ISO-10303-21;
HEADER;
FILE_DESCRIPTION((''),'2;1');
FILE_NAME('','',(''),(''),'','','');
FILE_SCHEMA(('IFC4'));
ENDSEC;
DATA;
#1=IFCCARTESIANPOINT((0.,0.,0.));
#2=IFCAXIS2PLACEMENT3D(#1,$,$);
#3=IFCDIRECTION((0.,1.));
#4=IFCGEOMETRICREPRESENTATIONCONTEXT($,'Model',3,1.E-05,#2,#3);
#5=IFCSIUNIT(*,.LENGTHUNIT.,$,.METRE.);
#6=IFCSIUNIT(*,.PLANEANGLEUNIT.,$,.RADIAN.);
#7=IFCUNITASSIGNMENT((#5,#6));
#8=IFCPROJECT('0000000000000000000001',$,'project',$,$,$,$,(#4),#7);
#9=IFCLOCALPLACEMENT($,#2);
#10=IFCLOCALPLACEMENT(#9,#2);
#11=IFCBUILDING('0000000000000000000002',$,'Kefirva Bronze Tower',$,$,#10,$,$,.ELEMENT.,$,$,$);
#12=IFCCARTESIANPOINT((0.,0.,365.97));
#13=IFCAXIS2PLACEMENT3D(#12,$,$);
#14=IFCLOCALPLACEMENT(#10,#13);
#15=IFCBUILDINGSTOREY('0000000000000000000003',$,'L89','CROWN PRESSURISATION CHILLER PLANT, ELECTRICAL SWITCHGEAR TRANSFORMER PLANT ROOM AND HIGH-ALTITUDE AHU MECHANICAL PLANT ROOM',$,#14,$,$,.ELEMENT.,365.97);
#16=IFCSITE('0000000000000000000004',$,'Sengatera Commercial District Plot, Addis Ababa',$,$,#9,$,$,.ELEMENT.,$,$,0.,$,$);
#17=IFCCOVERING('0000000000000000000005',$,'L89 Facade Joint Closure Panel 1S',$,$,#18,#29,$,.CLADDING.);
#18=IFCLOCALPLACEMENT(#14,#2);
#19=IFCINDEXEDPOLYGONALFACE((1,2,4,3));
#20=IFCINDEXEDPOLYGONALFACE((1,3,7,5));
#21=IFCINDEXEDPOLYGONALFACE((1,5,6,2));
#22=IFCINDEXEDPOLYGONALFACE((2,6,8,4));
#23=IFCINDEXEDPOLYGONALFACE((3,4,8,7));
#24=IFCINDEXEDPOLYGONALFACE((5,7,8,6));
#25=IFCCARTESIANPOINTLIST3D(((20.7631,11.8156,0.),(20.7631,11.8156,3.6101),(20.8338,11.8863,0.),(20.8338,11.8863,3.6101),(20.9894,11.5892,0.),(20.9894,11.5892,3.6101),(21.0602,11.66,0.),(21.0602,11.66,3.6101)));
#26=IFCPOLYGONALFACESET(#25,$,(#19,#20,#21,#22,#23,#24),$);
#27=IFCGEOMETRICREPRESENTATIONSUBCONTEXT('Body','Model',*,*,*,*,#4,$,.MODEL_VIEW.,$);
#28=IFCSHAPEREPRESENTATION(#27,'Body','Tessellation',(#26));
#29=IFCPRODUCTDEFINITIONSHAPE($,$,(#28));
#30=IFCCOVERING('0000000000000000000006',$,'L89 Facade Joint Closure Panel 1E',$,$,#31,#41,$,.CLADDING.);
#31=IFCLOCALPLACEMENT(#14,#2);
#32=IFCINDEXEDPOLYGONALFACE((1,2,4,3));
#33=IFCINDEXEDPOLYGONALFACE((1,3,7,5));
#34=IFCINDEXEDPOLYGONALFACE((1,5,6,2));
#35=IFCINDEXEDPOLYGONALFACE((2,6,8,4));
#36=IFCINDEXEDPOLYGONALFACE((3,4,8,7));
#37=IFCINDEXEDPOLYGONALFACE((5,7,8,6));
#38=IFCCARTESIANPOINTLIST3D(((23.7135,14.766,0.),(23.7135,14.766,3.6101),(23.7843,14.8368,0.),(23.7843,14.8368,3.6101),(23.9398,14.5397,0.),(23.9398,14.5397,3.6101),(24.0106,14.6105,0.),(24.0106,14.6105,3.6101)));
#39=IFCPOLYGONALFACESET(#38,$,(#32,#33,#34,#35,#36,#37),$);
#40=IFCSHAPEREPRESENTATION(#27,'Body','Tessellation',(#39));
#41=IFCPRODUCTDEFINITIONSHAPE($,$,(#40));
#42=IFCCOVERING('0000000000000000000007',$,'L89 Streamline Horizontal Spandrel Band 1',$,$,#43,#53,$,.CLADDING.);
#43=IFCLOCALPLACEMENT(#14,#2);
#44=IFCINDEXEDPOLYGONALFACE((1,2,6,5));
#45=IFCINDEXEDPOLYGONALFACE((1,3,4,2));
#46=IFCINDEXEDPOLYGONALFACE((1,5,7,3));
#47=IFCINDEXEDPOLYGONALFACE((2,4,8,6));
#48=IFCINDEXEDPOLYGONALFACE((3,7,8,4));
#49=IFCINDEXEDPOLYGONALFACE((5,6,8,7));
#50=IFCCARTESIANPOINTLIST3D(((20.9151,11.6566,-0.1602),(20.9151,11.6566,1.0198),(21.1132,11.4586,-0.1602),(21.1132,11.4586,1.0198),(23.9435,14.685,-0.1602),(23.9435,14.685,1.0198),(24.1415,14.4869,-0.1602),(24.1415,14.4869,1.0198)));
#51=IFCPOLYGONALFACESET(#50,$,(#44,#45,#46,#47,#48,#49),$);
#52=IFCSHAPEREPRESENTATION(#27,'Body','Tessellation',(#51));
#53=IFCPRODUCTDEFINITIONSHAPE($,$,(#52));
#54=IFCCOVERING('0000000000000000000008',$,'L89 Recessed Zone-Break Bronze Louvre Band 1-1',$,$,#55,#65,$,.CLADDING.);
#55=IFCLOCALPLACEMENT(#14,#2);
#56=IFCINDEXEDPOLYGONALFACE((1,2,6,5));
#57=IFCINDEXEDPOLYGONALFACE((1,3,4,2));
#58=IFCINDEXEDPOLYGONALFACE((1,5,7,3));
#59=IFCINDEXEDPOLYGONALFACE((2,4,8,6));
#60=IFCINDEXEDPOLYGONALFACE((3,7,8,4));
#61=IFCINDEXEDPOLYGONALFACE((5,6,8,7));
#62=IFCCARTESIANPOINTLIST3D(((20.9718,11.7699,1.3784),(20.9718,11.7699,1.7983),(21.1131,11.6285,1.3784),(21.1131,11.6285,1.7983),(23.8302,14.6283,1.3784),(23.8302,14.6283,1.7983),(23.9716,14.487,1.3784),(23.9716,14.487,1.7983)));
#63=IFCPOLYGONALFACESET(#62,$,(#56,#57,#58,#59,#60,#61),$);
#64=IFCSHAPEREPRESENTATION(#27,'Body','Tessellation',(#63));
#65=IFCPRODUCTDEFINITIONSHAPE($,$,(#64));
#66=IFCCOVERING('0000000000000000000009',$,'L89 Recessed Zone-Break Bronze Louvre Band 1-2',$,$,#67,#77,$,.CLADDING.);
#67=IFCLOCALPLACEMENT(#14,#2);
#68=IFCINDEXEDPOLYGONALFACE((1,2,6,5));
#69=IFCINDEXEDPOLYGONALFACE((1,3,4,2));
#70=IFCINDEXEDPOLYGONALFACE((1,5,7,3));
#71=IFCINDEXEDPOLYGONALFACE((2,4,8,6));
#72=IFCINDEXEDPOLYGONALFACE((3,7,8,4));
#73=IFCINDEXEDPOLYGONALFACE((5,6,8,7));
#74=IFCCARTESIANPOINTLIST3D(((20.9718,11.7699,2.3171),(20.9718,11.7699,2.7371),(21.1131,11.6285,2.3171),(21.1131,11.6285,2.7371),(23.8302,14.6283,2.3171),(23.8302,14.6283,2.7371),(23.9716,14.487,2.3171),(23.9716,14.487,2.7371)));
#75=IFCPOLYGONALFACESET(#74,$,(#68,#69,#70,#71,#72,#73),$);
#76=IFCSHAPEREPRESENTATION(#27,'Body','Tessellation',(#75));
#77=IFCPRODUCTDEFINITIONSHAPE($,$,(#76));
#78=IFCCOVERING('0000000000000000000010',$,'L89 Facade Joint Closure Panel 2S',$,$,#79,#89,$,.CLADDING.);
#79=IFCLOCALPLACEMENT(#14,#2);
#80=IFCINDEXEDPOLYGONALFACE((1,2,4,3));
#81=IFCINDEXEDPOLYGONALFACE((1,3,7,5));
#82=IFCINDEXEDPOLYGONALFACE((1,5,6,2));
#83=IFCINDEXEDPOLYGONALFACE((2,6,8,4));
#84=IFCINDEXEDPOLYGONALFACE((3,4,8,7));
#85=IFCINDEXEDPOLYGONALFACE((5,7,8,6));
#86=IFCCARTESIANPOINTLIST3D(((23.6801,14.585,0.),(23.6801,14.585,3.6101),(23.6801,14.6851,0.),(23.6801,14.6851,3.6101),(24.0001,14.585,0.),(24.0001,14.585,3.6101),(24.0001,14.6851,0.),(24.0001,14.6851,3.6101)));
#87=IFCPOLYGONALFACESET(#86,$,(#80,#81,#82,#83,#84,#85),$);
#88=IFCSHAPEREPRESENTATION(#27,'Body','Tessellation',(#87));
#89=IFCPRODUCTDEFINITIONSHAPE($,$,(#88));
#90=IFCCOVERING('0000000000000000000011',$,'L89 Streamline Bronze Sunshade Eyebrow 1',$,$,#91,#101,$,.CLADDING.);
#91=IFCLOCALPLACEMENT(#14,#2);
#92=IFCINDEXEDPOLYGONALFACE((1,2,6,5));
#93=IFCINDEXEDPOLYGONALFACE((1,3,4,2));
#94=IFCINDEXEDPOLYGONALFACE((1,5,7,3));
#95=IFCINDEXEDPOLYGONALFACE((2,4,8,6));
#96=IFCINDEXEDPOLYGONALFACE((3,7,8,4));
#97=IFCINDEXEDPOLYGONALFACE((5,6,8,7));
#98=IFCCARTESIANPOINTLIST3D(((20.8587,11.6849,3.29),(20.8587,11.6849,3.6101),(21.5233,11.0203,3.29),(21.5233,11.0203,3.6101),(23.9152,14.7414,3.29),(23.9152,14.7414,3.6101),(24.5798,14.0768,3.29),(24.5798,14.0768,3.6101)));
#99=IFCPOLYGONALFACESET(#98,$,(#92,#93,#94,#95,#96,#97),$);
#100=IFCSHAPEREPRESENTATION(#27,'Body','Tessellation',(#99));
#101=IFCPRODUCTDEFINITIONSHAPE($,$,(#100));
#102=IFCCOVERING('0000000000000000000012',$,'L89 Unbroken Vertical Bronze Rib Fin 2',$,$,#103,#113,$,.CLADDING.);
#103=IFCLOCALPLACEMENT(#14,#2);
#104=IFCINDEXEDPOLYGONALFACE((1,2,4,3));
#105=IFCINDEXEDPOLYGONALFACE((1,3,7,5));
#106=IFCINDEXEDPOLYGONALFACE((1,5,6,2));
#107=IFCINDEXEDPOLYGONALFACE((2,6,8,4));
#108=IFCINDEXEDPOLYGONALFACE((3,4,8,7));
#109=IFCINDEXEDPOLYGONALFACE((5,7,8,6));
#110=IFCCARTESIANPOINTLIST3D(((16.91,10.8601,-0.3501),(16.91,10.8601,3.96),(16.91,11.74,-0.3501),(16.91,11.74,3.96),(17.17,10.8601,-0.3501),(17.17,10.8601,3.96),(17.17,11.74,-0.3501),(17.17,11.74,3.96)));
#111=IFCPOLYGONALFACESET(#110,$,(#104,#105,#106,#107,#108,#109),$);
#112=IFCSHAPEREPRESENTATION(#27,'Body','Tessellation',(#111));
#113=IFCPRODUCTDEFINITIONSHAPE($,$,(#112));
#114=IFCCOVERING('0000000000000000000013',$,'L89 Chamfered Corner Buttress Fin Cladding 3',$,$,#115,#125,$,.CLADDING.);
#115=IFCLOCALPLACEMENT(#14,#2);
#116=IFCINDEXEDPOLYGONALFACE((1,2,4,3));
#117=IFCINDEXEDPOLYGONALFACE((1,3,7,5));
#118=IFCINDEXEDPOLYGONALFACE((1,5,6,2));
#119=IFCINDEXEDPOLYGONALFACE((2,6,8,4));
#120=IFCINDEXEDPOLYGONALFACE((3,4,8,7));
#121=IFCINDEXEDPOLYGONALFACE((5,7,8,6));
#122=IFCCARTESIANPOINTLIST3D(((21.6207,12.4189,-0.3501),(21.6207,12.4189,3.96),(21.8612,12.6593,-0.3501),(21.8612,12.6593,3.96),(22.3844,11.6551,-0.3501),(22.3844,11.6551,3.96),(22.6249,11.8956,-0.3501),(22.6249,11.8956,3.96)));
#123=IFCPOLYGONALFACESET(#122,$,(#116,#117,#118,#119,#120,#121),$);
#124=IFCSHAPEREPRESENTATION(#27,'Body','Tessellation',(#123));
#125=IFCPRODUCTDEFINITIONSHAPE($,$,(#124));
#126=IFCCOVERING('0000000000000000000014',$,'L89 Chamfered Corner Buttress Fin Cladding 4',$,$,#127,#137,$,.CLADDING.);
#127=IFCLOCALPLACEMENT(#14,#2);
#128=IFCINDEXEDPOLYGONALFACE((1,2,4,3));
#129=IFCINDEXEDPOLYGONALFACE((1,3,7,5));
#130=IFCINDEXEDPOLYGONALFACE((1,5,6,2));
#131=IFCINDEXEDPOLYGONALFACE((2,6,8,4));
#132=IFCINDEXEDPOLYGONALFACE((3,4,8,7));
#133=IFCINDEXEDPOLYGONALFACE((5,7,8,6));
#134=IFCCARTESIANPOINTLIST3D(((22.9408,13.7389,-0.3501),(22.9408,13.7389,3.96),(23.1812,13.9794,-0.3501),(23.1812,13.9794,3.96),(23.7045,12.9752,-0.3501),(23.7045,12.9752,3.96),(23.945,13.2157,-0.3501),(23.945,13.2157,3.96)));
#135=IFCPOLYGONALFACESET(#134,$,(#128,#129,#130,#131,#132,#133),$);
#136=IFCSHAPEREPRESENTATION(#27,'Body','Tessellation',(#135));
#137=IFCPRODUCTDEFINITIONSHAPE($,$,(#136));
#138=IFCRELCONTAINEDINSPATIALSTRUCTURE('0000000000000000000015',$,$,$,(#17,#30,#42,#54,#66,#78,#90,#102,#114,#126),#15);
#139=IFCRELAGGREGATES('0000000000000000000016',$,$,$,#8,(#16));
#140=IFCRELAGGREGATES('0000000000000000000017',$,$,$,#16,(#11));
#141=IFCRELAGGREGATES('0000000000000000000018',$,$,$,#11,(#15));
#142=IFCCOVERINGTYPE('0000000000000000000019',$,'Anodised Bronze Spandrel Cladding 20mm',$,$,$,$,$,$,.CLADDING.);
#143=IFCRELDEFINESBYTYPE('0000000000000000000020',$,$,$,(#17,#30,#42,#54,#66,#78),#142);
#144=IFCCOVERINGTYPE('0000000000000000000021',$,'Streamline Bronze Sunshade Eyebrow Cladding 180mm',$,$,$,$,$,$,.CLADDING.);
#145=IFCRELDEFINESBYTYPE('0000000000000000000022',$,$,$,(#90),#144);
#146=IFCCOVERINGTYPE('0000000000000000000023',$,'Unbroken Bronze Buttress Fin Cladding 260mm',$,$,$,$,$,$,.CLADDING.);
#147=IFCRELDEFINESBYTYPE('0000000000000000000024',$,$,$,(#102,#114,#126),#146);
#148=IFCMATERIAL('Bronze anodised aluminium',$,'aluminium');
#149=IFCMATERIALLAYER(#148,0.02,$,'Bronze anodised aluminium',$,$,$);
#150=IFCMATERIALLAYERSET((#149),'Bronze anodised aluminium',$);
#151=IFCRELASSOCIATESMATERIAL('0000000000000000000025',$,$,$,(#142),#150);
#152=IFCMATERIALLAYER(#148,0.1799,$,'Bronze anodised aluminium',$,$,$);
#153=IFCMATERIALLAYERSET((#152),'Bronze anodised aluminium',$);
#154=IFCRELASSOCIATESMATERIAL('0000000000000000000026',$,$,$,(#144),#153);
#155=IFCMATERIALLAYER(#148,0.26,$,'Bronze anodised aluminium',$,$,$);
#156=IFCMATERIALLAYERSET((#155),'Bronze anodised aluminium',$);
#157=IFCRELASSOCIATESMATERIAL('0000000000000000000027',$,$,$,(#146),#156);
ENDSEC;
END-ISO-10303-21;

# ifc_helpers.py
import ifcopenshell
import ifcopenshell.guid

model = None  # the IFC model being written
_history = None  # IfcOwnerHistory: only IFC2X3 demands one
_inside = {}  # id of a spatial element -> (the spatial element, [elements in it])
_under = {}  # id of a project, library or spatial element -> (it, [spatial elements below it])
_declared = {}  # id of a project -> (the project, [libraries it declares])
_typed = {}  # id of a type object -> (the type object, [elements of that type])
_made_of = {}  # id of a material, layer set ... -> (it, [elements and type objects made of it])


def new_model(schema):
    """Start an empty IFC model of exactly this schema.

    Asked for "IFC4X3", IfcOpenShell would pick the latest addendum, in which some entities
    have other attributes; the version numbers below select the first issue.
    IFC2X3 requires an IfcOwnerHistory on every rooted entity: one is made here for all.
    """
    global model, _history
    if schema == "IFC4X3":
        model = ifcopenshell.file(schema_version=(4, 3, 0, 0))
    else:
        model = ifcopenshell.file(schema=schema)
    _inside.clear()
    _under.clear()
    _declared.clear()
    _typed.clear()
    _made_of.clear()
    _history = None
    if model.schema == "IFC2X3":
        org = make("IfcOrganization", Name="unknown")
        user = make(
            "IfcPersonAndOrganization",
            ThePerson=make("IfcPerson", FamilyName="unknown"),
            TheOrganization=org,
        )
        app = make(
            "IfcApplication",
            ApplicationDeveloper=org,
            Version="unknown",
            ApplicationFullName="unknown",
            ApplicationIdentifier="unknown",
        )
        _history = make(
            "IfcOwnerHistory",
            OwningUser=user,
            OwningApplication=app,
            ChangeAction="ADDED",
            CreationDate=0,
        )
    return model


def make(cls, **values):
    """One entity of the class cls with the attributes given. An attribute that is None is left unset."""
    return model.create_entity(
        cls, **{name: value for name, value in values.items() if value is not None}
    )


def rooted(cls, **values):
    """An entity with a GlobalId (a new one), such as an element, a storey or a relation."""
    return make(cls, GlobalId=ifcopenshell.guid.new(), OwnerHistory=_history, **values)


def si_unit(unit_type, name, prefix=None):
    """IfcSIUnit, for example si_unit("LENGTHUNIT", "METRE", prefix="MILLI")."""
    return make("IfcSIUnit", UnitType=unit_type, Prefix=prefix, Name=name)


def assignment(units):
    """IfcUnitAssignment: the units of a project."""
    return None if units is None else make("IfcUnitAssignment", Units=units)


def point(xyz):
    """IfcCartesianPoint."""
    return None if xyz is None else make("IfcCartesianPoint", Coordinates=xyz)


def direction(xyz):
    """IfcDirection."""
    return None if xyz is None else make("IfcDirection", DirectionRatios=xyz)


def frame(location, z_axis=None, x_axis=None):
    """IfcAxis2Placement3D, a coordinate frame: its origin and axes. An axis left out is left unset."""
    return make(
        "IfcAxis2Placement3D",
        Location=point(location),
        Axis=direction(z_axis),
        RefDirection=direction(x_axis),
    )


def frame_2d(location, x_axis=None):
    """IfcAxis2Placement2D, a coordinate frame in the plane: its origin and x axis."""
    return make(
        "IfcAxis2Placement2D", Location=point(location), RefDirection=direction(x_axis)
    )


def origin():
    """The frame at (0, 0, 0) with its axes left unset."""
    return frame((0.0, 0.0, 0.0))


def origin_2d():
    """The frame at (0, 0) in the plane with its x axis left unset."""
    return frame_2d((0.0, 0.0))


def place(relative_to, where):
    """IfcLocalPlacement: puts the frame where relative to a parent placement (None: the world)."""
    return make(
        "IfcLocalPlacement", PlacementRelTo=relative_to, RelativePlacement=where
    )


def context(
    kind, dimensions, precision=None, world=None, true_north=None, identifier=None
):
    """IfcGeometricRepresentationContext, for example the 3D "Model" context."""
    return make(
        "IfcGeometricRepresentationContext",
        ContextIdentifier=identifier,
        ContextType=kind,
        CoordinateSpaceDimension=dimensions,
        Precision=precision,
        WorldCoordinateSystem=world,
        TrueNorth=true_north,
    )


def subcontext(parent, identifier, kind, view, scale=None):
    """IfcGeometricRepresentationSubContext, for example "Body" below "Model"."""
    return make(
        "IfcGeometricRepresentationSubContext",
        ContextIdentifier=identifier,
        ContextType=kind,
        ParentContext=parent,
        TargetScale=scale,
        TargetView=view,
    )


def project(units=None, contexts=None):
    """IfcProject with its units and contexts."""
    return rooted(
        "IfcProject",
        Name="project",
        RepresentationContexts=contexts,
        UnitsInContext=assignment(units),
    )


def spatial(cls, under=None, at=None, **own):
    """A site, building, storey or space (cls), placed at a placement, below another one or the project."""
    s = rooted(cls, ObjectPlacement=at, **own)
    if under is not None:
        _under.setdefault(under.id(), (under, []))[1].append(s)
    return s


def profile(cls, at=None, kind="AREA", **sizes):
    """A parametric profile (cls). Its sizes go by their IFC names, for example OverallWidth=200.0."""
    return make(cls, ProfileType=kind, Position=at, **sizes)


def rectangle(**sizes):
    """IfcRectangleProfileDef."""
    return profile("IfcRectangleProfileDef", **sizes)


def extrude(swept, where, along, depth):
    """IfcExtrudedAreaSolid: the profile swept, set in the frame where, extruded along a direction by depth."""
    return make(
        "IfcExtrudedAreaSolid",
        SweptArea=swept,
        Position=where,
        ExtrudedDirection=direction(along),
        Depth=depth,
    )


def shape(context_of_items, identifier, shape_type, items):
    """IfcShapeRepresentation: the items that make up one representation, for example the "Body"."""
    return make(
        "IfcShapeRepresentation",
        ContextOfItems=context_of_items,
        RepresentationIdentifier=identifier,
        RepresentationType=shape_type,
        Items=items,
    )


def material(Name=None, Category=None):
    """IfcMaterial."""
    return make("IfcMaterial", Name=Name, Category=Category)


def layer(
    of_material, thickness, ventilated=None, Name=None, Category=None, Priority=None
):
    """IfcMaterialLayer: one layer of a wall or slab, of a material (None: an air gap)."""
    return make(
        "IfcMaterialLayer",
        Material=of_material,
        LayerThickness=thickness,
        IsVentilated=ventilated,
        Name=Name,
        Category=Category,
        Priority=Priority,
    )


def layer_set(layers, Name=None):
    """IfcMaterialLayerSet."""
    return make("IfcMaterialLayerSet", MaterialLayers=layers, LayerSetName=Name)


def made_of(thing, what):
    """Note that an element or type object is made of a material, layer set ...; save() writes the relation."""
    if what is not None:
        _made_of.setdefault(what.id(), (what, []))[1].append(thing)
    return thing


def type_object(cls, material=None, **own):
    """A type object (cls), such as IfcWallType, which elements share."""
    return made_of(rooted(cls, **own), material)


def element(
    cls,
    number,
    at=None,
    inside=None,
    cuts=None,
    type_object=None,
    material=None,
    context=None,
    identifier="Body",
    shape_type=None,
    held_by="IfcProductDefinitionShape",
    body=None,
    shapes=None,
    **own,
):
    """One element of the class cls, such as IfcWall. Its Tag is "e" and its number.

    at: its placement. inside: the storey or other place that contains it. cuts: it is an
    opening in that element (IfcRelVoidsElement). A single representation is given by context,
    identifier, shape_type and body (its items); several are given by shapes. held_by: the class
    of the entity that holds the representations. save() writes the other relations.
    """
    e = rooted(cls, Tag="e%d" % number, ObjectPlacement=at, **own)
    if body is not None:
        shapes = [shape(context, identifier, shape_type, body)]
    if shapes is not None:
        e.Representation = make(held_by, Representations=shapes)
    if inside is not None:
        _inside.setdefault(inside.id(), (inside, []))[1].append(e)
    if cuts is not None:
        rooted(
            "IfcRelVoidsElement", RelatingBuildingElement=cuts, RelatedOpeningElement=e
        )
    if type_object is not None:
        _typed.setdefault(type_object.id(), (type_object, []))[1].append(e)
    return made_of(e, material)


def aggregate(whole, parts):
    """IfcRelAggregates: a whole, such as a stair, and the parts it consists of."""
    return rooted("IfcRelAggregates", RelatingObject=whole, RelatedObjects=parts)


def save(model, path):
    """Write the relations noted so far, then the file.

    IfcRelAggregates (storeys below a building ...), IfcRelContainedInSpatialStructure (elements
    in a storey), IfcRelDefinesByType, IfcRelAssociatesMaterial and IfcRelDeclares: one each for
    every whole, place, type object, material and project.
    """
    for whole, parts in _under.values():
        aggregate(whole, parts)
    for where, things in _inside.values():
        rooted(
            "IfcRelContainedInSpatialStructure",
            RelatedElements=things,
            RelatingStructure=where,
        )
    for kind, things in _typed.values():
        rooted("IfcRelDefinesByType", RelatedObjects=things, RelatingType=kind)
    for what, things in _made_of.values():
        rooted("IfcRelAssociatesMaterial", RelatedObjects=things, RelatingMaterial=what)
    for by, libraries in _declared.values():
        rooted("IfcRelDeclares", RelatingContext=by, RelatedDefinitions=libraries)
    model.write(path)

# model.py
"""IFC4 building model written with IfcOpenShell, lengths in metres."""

from ifc_helpers import new_model, si_unit, direction, frame, origin, origin_2d, place, context, subcontext, project, spatial, rectangle, extrude, material, layer, layer_set, type_object, element, save


model = new_model("IFC4")

# Units and contexts
model_context = context("Model", 3, precision=1e-05, world=origin(), true_north=direction((0.0, 1.0)))
body_context = subcontext(model_context, "Body", "Model", "MODEL_VIEW")
ifc_project = project(units=[si_unit("LENGTHUNIT", "METRE"), si_unit("PLANEANGLEUNIT", "RADIAN")], contexts=[model_context])

# Site, building, storey
site_placement = place(None, origin())
site = spatial("IfcSite", under=ifc_project, at=site_placement, Name="Sengatera Commercial District Plot, Addis Ababa", CompositionType="ELEMENT", RefElevation=0.0)
building_placement = place(site_placement, origin())
building = spatial("IfcBuilding", under=site, at=building_placement, Name="Kefirva Bronze Tower", CompositionType="ELEMENT")
storey_placement = place(building_placement, frame((0.0, 0.0, 365.97)))
storey = spatial("IfcBuildingStorey", under=building, at=storey_placement, Name="L89", Description="CROWN PRESSURISATION CHILLER PLANT, ELECTRICAL SWITCHGEAR TRANSFORMER PLANT ROOM AND HIGH-ALTITUDE AHU MECHANICAL PLANT ROOM", CompositionType="ELEMENT", Elevation=365.97)

# Shared definitions
ifc_material_1 = material(Name="Bronze anodised aluminium", Category="aluminium")

# Coverings
ifc_layer_1 = layer(ifc_material_1, 0.02, Name="Bronze anodised aluminium")
ifc_layer_set_1 = layer_set([ifc_layer_1], Name="Bronze anodised aluminium")
covering_type_1 = type_object("IfcCoveringType", Name="Anodised Bronze Spandrel Cladding 20mm", PredefinedType="CLADDING", material=ifc_layer_set_1)
for number, where, z_axis, x_axis, name in (
    (1, (20.9116, 11.7378, 0.0), (0.0, 0.0, 1.0), (0.707107, 0.707107, 0.0), "L89 Facade Joint Closure Panel 1S"),
    (2, (23.8621, 14.6882, 0.0), (0.0, 0.0, 1.0), (0.707107, 0.707107, 0.0), "L89 Facade Joint Closure Panel 1E"),
):
    element("IfcCovering", number, at=place(storey_placement, frame(where, z_axis=z_axis, x_axis=x_axis)), inside=storey, type_object=covering_type_1, Name=name, PredefinedType="CLADDING", context=body_context, shape_type="SweptSolid", body=[
        extrude(rectangle(XDim=0.1001, YDim=0.3201, at=origin_2d()), origin(), (0.0, 0.0, 1.0), 3.6101),
    ])
covering_1_placement = place(storey_placement, frame((22.5283, 13.0718, -0.1602), z_axis=(0.0, 0.0, 1.0), x_axis=(0.707107, 0.707107, 0.0)))
element("IfcCovering", 3, at=covering_1_placement, inside=storey, type_object=covering_type_1, Name="L89 Streamline Horizontal Spandrel Band 1", PredefinedType="CLADDING", context=body_context, shape_type="SweptSolid", body=[
    extrude(rectangle(XDim=4.2827, YDim=0.28, at=origin_2d()), origin(), (0.0, 0.0, 1.0), 1.1799),
])
for number, where, z_axis, x_axis, name in (
    (4, (22.4717, 13.1284, 1.3784), (0.0, 0.0, 1.0), (0.707107, 0.707107, 0.0), "L89 Recessed Zone-Break Bronze Louvre Band 1-1"),
    (5, (22.4717, 13.1284, 2.3171), (0.0, 0.0, 1.0), (0.707107, 0.707107, 0.0), "L89 Recessed Zone-Break Bronze Louvre Band 1-2"),
):
    element("IfcCovering", number, at=place(storey_placement, frame(where, z_axis=z_axis, x_axis=x_axis)), inside=storey, type_object=covering_type_1, Name=name, PredefinedType="CLADDING", context=body_context, shape_type="SweptSolid", body=[
        extrude(rectangle(XDim=4.0425, YDim=0.2, at=origin_2d()), origin(), (0.0, 0.0, 1.0), 0.4199),
    ])
covering_2_placement = place(storey_placement, frame((23.8401, 14.635, 0.0), z_axis=(0.0, 0.0, 1.0), x_axis=(0.0, 1.0, 0.0)))
element("IfcCovering", 6, at=covering_2_placement, inside=storey, type_object=covering_type_1, Name="L89 Facade Joint Closure Panel 2S", PredefinedType="CLADDING", context=body_context, shape_type="SweptSolid", body=[
    extrude(rectangle(XDim=0.1001, YDim=0.3201, at=origin_2d()), origin(), (0.0, 0.0, 1.0), 3.6101),
])
ifc_layer_2 = layer(ifc_material_1, 0.1799, Name="Bronze anodised aluminium")
ifc_layer_set_2 = layer_set([ifc_layer_2], Name="Bronze anodised aluminium")
covering_type_2 = type_object("IfcCoveringType", Name="Streamline Bronze Sunshade Eyebrow Cladding 180mm", PredefinedType="CLADDING", material=ifc_layer_set_2)
covering_3_placement = place(storey_placement, frame((22.7192, 12.8809, 3.29), z_axis=(0.0, 0.0, 1.0), x_axis=(0.707107, 0.707107, 0.0)))
element("IfcCovering", 7, at=covering_3_placement, inside=storey, type_object=covering_type_2, Name="L89 Streamline Bronze Sunshade Eyebrow 1", PredefinedType="CLADDING", context=body_context, shape_type="SweptSolid", body=[
    extrude(rectangle(XDim=4.3225, YDim=0.9399, at=origin_2d()), origin(), (0.0, 0.0, 1.0), 0.3201),
])
ifc_layer_3 = layer(ifc_material_1, 0.26, Name="Bronze anodised aluminium")
ifc_layer_set_3 = layer_set([ifc_layer_3], Name="Bronze anodised aluminium")
covering_type_3 = type_object("IfcCoveringType", Name="Unbroken Bronze Buttress Fin Cladding 260mm", PredefinedType="CLADDING", material=ifc_layer_set_3)
covering_4_placement = place(storey_placement, frame((17.04, 11.3, -0.3501), z_axis=(0.0, 0.0, 1.0), x_axis=(1.0, 0.0, 0.0)))
element("IfcCovering", 8, at=covering_4_placement, inside=storey, type_object=covering_type_3, Name="L89 Unbroken Vertical Bronze Rib Fin 2", PredefinedType="CLADDING", context=body_context, shape_type="SweptSolid", body=[
    extrude(rectangle(XDim=0.26, YDim=0.8799, at=origin_2d()), origin(), (0.0, 0.0, 1.0), 4.3101),
])
for number, where, z_axis, x_axis, name in (
    (9, (22.1228, 12.1572, -0.3501), (0.0, 0.0, 1.0), (0.707107, 0.707107, 0.0), "L89 Chamfered Corner Buttress Fin Cladding 3"),
    (10, (23.4429, 13.4773, -0.3501), (0.0, 0.0, 1.0), (0.707107, 0.707107, 0.0), "L89 Chamfered Corner Buttress Fin Cladding 4"),
):
    element("IfcCovering", number, at=place(storey_placement, frame(where, z_axis=z_axis, x_axis=x_axis)), inside=storey, type_object=covering_type_3, Name=name, PredefinedType="CLADDING", context=body_context, shape_type="SweptSolid", body=[
        extrude(rectangle(XDim=0.3401, YDim=1.0801, at=origin_2d()), origin(), (0.0, 0.0, 1.0), 4.3101),
    ])

save(model, "model.ifc")
